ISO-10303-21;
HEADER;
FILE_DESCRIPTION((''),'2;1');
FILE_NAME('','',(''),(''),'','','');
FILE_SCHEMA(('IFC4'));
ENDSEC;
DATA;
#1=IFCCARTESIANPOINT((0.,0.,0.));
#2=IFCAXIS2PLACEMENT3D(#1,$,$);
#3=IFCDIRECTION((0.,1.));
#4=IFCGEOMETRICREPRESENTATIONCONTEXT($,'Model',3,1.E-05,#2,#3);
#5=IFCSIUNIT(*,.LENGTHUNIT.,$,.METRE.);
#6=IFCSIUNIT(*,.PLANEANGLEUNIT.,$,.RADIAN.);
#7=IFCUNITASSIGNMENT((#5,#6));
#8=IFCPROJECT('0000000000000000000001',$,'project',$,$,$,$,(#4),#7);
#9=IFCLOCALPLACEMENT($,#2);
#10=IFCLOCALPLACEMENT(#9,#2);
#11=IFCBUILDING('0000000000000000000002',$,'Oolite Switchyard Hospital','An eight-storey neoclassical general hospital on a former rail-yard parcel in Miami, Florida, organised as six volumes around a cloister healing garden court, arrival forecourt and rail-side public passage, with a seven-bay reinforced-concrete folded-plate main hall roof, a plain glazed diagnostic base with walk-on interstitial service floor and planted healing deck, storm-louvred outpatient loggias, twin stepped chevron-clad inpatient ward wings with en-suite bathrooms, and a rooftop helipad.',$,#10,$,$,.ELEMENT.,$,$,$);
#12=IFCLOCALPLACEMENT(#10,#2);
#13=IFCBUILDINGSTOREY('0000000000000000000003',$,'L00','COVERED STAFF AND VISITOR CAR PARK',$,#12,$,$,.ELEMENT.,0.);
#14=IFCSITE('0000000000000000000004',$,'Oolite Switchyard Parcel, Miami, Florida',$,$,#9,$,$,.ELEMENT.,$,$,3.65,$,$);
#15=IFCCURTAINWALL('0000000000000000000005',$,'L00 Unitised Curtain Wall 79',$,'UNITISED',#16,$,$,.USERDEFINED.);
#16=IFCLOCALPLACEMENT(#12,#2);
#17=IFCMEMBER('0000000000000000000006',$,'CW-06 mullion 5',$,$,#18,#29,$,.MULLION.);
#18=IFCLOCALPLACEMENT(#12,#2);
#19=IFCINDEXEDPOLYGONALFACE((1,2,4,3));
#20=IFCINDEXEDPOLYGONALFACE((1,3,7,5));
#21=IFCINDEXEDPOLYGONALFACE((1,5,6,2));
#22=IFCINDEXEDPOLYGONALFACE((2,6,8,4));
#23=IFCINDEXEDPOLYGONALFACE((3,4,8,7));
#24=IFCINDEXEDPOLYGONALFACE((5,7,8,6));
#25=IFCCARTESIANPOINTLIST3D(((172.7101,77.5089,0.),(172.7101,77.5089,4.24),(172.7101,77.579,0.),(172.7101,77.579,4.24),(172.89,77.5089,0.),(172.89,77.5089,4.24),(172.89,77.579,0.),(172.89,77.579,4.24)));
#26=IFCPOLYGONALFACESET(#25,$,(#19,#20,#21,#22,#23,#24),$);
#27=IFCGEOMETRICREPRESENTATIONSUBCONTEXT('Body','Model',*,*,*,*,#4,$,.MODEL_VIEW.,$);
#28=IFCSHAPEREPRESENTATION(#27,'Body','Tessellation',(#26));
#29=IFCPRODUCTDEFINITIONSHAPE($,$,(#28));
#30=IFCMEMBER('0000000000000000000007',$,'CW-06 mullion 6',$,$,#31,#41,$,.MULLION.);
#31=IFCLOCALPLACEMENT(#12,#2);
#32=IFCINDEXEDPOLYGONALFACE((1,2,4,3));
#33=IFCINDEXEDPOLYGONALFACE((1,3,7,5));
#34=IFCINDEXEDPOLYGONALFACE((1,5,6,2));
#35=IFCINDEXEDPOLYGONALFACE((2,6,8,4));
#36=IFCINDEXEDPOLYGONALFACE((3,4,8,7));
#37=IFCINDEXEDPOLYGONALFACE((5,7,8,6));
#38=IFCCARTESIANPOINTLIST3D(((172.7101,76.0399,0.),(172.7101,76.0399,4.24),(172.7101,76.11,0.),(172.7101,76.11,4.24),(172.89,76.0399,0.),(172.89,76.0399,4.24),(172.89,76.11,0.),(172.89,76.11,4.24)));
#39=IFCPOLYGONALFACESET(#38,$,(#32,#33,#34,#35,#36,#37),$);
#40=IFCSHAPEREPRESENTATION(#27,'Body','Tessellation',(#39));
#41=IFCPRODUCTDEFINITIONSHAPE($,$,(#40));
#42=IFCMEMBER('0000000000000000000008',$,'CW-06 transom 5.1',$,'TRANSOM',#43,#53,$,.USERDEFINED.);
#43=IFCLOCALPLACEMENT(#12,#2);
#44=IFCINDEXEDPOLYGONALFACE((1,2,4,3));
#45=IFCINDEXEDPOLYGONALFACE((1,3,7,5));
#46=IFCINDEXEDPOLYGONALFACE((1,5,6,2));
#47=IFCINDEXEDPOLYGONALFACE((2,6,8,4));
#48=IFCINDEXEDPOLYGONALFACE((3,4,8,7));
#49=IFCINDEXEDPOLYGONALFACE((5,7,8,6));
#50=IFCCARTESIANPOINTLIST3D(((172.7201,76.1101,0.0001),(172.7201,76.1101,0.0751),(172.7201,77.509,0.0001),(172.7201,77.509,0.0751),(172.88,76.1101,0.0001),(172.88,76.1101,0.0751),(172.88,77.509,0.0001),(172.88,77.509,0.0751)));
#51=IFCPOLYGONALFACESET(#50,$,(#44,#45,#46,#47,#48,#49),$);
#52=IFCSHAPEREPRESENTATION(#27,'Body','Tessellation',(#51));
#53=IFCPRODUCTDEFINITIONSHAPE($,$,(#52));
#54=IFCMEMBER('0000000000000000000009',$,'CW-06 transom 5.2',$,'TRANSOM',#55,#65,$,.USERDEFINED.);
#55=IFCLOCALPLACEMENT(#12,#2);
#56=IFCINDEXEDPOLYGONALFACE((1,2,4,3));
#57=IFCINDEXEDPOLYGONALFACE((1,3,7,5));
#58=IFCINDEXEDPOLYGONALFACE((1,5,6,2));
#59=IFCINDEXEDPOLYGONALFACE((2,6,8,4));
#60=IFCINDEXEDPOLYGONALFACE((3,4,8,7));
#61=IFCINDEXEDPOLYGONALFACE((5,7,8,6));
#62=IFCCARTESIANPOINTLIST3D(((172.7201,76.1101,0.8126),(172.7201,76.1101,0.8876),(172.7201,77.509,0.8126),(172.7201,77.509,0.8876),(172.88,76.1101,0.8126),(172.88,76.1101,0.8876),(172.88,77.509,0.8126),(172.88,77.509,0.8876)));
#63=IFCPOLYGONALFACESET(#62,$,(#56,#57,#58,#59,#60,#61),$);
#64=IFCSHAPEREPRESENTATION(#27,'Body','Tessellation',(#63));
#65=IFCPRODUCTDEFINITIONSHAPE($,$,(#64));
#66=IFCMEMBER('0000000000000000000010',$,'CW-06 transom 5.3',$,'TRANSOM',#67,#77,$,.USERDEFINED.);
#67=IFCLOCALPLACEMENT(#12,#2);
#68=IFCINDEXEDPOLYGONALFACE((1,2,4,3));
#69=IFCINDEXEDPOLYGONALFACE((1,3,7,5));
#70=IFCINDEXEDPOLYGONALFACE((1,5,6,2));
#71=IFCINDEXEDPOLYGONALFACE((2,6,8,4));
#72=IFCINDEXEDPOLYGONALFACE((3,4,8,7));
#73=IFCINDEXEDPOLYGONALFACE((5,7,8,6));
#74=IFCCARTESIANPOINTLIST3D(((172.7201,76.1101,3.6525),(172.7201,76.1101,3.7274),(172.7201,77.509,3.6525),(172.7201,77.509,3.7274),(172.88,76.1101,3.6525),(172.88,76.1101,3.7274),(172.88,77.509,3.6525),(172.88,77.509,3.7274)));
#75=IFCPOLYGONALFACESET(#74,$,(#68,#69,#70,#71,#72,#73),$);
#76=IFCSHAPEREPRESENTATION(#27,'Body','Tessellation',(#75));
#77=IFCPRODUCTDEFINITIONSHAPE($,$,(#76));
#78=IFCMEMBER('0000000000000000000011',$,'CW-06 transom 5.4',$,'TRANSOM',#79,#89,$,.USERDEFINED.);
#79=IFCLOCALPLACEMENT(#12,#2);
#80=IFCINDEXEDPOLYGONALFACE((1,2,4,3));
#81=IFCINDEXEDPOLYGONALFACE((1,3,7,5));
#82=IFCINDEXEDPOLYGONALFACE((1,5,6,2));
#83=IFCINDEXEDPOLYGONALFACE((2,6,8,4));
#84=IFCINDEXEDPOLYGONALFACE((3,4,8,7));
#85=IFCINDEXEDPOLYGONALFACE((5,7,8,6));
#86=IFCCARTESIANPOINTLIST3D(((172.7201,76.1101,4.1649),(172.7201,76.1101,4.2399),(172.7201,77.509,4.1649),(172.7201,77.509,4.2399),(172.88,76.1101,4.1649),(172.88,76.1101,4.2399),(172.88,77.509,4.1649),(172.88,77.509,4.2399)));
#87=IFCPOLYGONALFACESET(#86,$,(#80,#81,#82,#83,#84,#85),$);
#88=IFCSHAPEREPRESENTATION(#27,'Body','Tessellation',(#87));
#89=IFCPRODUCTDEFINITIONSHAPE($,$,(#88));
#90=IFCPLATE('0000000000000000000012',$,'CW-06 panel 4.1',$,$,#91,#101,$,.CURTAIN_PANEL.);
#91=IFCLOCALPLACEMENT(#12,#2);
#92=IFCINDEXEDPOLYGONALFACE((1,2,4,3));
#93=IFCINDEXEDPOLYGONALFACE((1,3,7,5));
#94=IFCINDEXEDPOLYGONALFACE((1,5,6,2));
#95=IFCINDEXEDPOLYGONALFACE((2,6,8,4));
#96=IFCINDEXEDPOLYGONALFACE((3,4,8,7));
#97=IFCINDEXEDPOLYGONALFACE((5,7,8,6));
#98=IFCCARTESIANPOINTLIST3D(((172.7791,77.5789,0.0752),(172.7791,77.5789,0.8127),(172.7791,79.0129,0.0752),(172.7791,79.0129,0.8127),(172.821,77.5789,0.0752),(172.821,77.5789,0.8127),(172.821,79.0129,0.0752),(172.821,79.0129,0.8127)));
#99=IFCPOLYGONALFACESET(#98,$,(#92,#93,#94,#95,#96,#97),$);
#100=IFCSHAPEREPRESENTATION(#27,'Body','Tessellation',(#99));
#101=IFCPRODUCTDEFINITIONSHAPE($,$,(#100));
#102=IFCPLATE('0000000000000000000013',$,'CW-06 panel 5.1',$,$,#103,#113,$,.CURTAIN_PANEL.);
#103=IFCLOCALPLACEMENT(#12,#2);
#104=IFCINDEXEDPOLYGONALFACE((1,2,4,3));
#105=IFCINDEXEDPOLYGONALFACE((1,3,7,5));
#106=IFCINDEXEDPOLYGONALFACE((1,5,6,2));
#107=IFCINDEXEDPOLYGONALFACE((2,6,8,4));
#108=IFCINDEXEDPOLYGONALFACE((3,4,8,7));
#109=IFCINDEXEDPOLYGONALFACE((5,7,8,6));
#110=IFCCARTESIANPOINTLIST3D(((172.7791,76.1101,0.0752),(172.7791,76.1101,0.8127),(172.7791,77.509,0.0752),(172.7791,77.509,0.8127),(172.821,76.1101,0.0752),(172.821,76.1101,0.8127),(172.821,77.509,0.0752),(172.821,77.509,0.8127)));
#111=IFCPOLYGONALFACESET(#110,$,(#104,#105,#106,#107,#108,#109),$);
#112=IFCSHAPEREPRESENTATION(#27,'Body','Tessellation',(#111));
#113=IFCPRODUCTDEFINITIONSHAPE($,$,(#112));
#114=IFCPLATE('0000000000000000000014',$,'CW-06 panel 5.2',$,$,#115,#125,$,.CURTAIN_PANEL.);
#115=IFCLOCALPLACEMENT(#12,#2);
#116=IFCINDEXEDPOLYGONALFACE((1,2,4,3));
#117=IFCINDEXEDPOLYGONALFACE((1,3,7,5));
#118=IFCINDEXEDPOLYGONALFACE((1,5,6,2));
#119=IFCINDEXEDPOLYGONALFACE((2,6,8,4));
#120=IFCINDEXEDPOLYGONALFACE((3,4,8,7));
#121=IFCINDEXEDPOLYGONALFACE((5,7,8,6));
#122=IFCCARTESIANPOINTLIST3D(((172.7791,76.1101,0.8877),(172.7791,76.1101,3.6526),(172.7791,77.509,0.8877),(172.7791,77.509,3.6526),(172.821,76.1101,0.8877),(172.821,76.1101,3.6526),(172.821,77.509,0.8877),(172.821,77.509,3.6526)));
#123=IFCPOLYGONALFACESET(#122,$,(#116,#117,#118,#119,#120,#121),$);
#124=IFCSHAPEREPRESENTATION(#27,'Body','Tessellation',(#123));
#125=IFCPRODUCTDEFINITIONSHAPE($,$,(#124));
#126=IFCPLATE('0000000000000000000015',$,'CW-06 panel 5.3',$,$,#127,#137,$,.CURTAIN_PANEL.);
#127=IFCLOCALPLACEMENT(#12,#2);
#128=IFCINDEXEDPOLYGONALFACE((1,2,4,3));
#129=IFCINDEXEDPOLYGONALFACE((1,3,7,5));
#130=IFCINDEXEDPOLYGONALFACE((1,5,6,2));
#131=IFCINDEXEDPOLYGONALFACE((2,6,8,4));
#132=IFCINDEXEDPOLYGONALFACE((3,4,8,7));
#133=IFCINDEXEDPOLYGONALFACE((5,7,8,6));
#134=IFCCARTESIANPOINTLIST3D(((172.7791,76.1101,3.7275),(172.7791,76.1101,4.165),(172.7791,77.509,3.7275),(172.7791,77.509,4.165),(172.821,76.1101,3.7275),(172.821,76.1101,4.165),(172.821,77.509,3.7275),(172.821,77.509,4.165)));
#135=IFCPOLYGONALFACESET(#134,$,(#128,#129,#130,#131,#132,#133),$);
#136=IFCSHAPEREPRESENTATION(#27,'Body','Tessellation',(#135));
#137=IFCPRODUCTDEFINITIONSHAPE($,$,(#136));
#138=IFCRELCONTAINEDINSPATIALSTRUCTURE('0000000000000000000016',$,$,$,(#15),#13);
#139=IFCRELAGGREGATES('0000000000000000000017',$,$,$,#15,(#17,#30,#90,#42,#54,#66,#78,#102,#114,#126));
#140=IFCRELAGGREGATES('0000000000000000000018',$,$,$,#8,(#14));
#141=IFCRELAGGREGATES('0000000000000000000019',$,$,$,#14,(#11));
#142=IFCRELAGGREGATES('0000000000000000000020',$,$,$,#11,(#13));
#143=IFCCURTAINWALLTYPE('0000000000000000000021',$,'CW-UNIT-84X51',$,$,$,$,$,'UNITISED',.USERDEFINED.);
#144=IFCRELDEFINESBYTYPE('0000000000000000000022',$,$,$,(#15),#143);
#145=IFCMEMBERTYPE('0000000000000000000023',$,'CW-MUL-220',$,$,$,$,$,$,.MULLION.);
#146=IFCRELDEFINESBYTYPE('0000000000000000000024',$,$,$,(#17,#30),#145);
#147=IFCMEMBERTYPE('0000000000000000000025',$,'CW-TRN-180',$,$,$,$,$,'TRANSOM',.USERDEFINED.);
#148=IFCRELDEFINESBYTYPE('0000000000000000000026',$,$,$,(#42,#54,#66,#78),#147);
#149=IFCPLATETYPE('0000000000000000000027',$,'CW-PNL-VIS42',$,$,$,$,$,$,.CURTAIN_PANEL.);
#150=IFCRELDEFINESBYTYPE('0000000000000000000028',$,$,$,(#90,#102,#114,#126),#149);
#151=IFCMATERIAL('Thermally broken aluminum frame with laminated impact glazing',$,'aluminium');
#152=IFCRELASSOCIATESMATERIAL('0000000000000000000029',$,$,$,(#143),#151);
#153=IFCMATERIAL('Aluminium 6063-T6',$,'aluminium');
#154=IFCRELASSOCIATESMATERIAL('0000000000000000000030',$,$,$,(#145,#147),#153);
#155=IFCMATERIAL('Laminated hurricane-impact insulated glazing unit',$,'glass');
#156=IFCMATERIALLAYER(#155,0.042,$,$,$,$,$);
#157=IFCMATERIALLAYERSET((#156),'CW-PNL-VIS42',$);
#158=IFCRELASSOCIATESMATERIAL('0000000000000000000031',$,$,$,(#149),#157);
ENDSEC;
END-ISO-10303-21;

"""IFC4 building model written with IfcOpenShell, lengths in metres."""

from ifc_helpers import new_model, si_unit, direction, frame, origin, origin_2d, place, context, subcontext, project, spatial, rectangle, extrude, material, layer, layer_set, material_profile, profile_set, type_object, element, aggregate, save


model = new_model("IFC4")

# Units and contexts
model_context = context("Model", 3, precision=1e-05, world=origin(), true_north=direction((0.0, 1.0)))
body_context = subcontext(model_context, "Body", "Model", "MODEL_VIEW")
ifc_project = project(units=[si_unit("LENGTHUNIT", "METRE"), si_unit("PLANEANGLEUNIT", "RADIAN")], contexts=[model_context])

# Site, building, storey
site_placement = place(None, origin())
site = spatial("IfcSite", under=ifc_project, at=site_placement, Name="Oolite Switchyard Parcel, Miami, Florida", CompositionType="ELEMENT", RefElevation=3.65)
building_placement = place(site_placement, origin())
building = spatial("IfcBuilding", under=site, at=building_placement, Name="Oolite Switchyard Hospital", Description="An eight-storey neoclassical general hospital on a former rail-yard parcel in Miami, Florida, organised as six volumes around a cloister healing garden court, arrival forecourt and rail-side public passage, with a seven-bay reinforced-concrete folded-plate main hall roof, a plain glazed diagnostic base with walk-on interstitial service floor and planted healing deck, storm-louvred outpatient loggias, twin stepped chevron-clad inpatient ward wings with en-suite bathrooms, and a rooftop helipad.", CompositionType="ELEMENT")
storey_placement = place(building_placement, origin())
storey = spatial("IfcBuildingStorey", under=building, at=storey_placement, Name="L00", Description="COVERED STAFF AND VISITOR CAR PARK", CompositionType="ELEMENT", Elevation=0.0)

# Curtain wall, members, plates
ifc_material_1 = material(Name="Thermally broken aluminum frame with laminated impact glazing", Category="aluminium")
curtain_wall_type = type_object("IfcCurtainWallType", Name="CW-UNIT-84X51", ElementType="UNITISED", PredefinedType="USERDEFINED", material=ifc_material_1)
curtain_wall_placement = place(storey_placement, origin())
curtain_wall = element("IfcCurtainWall", 1, at=curtain_wall_placement, inside=storey, type_object=curtain_wall_type, Name="L00 Unitised Curtain Wall 79", ObjectType="UNITISED", PredefinedType="USERDEFINED")
ifc_material_2 = material(Name="Aluminium 6063-T6", Category="aluminium")
ifc_material_profile_1 = material_profile(ifc_material_2, rectangle(XDim=0.1799, YDim=0.0701, at=origin_2d()), Name="CWM70X180")
ifc_profile_set_1 = profile_set([ifc_material_profile_1], Name="Aluminium 6063-T6")
member_type_1 = type_object("IfcMemberType", Name="CW-MUL-220", PredefinedType="MULLION", material=ifc_profile_set_1)
member_1_placement = place(storey_placement, frame((172.8, 77.5439, 0.0), z_axis=(0.0, 0.0, 1.0), x_axis=(1.0, 0.0, 0.0)))
member_1 = element("IfcMember", 2, at=member_1_placement, type_object=member_type_1, Name="CW-06 mullion 5", PredefinedType="MULLION", context=body_context, shape_type="SweptSolid", body=[
    extrude(rectangle(XDim=0.1799, YDim=0.0701, at=origin_2d()), origin(), (0.0, 0.0, 1.0), 4.24),
])
member_2_placement = place(storey_placement, frame((172.8, 76.075, 0.0), z_axis=(0.0, 0.0, 1.0), x_axis=(1.0, 0.0, 0.0)))
member_2 = element("IfcMember", 3, at=member_2_placement, type_object=member_type_1, Name="CW-06 mullion 6", PredefinedType="MULLION", context=body_context, shape_type="SweptSolid", body=[
    extrude(rectangle(XDim=0.1799, YDim=0.0701, at=origin_2d()), origin(), (0.0, 0.0, 1.0), 4.24),
])
ifc_material_profile_2 = material_profile(ifc_material_2, rectangle(XDim=0.1599, YDim=0.075, at=origin_2d()), Name="CWT75X160")
ifc_profile_set_2 = profile_set([ifc_material_profile_2], Name="Aluminium 6063-T6")
member_type_2 = type_object("IfcMemberType", Name="CW-TRN-180", ElementType="TRANSOM", PredefinedType="USERDEFINED", material=ifc_profile_set_2)
member_3_placement = place(storey_placement, frame((172.8, 77.509, 0.0376), z_axis=(0.0, -1.0, 0.0), x_axis=(1.0, 0.0, 0.0)))
member_3 = element("IfcMember", 4, at=member_3_placement, type_object=member_type_2, Name="CW-06 transom 5.1", ObjectType="TRANSOM", PredefinedType="USERDEFINED", context=body_context, shape_type="SweptSolid", body=[
    extrude(rectangle(XDim=0.1599, YDim=0.075, at=origin_2d()), origin(), (0.0, 0.0, 1.0), 1.3989),
])
member_4_placement = place(storey_placement, frame((172.8, 77.509, 0.8501), z_axis=(0.0, -1.0, 0.0), x_axis=(1.0, 0.0, 0.0)))
member_4 = element("IfcMember", 5, at=member_4_placement, type_object=member_type_2, Name="CW-06 transom 5.2", ObjectType="TRANSOM", PredefinedType="USERDEFINED", context=body_context, shape_type="SweptSolid", body=[
    extrude(rectangle(XDim=0.1599, YDim=0.075, at=origin_2d()), origin(), (0.0, 0.0, 1.0), 1.3989),
])
member_5_placement = place(storey_placement, frame((172.8, 77.509, 3.6899), z_axis=(0.0, -1.0, 0.0), x_axis=(1.0, 0.0, 0.0)))
member_5 = element("IfcMember", 6, at=member_5_placement, type_object=member_type_2, Name="CW-06 transom 5.3", ObjectType="TRANSOM", PredefinedType="USERDEFINED", context=body_context, shape_type="SweptSolid", body=[
    extrude(rectangle(XDim=0.1599, YDim=0.075, at=origin_2d()), origin(), (0.0, 0.0, 1.0), 1.3989),
])
member_6_placement = place(storey_placement, frame((172.8, 77.509, 4.2024), z_axis=(0.0, -1.0, 0.0), x_axis=(1.0, 0.0, 0.0)))
member_6 = element("IfcMember", 7, at=member_6_placement, type_object=member_type_2, Name="CW-06 transom 5.4", ObjectType="TRANSOM", PredefinedType="USERDEFINED", context=body_context, shape_type="SweptSolid", body=[
    extrude(rectangle(XDim=0.1599, YDim=0.075, at=origin_2d()), origin(), (0.0, 0.0, 1.0), 1.3989),
])
ifc_material_3 = material(Name="Laminated hurricane-impact insulated glazing unit", Category="glass")
ifc_layer = layer(ifc_material_3, 0.042)
ifc_layer_set = layer_set([ifc_layer], Name="CW-PNL-VIS42")
plate_type = type_object("IfcPlateType", Name="CW-PNL-VIS42", PredefinedType="CURTAIN_PANEL", material=ifc_layer_set)
plate_1_placement = place(storey_placement, frame((172.8, 78.2959, 0.0752), z_axis=(0.0, 0.0, 1.0), x_axis=(0.0, -1.0, 0.0)))
plate_1 = element("IfcPlate", 8, at=plate_1_placement, type_object=plate_type, Name="CW-06 panel 4.1", PredefinedType="CURTAIN_PANEL", context=body_context, shape_type="SweptSolid", body=[
    extrude(rectangle(XDim=1.4341, YDim=0.042, at=origin_2d()), origin(), (0.0, 0.0, 1.0), 0.7375),
])
plate_2_placement = place(storey_placement, frame((172.8, 76.8096, 0.0752), z_axis=(0.0, 0.0, 1.0), x_axis=(0.0, -1.0, 0.0)))
plate_2 = element("IfcPlate", 9, at=plate_2_placement, type_object=plate_type, Name="CW-06 panel 5.1", PredefinedType="CURTAIN_PANEL", context=body_context, shape_type="SweptSolid", body=[
    extrude(rectangle(XDim=1.3989, YDim=0.042, at=origin_2d()), origin(), (0.0, 0.0, 1.0), 0.7375),
])
plate_3_placement = place(storey_placement, frame((172.8, 76.8096, 0.8877), z_axis=(0.0, 0.0, 1.0), x_axis=(0.0, -1.0, 0.0)))
plate_3 = element("IfcPlate", 10, at=plate_3_placement, type_object=plate_type, Name="CW-06 panel 5.2", PredefinedType="CURTAIN_PANEL", context=body_context, shape_type="SweptSolid", body=[
    extrude(rectangle(XDim=1.3989, YDim=0.042, at=origin_2d()), origin(), (0.0, 0.0, 1.0), 2.7649),
])
plate_4_placement = place(storey_placement, frame((172.8, 76.8096, 3.7275), z_axis=(0.0, 0.0, 1.0), x_axis=(0.0, -1.0, 0.0)))
plate_4 = element("IfcPlate", 11, at=plate_4_placement, type_object=plate_type, Name="CW-06 panel 5.3", PredefinedType="CURTAIN_PANEL", context=body_context, shape_type="SweptSolid", body=[
    extrude(rectangle(XDim=1.3989, YDim=0.042, at=origin_2d()), origin(), (0.0, 0.0, 1.0), 0.4375),
])
aggregate(curtain_wall, [member_1, member_2, plate_1, member_3, member_4, member_5, member_6, plate_2, plate_3, plate_4])

save(model, "model.ifc")
